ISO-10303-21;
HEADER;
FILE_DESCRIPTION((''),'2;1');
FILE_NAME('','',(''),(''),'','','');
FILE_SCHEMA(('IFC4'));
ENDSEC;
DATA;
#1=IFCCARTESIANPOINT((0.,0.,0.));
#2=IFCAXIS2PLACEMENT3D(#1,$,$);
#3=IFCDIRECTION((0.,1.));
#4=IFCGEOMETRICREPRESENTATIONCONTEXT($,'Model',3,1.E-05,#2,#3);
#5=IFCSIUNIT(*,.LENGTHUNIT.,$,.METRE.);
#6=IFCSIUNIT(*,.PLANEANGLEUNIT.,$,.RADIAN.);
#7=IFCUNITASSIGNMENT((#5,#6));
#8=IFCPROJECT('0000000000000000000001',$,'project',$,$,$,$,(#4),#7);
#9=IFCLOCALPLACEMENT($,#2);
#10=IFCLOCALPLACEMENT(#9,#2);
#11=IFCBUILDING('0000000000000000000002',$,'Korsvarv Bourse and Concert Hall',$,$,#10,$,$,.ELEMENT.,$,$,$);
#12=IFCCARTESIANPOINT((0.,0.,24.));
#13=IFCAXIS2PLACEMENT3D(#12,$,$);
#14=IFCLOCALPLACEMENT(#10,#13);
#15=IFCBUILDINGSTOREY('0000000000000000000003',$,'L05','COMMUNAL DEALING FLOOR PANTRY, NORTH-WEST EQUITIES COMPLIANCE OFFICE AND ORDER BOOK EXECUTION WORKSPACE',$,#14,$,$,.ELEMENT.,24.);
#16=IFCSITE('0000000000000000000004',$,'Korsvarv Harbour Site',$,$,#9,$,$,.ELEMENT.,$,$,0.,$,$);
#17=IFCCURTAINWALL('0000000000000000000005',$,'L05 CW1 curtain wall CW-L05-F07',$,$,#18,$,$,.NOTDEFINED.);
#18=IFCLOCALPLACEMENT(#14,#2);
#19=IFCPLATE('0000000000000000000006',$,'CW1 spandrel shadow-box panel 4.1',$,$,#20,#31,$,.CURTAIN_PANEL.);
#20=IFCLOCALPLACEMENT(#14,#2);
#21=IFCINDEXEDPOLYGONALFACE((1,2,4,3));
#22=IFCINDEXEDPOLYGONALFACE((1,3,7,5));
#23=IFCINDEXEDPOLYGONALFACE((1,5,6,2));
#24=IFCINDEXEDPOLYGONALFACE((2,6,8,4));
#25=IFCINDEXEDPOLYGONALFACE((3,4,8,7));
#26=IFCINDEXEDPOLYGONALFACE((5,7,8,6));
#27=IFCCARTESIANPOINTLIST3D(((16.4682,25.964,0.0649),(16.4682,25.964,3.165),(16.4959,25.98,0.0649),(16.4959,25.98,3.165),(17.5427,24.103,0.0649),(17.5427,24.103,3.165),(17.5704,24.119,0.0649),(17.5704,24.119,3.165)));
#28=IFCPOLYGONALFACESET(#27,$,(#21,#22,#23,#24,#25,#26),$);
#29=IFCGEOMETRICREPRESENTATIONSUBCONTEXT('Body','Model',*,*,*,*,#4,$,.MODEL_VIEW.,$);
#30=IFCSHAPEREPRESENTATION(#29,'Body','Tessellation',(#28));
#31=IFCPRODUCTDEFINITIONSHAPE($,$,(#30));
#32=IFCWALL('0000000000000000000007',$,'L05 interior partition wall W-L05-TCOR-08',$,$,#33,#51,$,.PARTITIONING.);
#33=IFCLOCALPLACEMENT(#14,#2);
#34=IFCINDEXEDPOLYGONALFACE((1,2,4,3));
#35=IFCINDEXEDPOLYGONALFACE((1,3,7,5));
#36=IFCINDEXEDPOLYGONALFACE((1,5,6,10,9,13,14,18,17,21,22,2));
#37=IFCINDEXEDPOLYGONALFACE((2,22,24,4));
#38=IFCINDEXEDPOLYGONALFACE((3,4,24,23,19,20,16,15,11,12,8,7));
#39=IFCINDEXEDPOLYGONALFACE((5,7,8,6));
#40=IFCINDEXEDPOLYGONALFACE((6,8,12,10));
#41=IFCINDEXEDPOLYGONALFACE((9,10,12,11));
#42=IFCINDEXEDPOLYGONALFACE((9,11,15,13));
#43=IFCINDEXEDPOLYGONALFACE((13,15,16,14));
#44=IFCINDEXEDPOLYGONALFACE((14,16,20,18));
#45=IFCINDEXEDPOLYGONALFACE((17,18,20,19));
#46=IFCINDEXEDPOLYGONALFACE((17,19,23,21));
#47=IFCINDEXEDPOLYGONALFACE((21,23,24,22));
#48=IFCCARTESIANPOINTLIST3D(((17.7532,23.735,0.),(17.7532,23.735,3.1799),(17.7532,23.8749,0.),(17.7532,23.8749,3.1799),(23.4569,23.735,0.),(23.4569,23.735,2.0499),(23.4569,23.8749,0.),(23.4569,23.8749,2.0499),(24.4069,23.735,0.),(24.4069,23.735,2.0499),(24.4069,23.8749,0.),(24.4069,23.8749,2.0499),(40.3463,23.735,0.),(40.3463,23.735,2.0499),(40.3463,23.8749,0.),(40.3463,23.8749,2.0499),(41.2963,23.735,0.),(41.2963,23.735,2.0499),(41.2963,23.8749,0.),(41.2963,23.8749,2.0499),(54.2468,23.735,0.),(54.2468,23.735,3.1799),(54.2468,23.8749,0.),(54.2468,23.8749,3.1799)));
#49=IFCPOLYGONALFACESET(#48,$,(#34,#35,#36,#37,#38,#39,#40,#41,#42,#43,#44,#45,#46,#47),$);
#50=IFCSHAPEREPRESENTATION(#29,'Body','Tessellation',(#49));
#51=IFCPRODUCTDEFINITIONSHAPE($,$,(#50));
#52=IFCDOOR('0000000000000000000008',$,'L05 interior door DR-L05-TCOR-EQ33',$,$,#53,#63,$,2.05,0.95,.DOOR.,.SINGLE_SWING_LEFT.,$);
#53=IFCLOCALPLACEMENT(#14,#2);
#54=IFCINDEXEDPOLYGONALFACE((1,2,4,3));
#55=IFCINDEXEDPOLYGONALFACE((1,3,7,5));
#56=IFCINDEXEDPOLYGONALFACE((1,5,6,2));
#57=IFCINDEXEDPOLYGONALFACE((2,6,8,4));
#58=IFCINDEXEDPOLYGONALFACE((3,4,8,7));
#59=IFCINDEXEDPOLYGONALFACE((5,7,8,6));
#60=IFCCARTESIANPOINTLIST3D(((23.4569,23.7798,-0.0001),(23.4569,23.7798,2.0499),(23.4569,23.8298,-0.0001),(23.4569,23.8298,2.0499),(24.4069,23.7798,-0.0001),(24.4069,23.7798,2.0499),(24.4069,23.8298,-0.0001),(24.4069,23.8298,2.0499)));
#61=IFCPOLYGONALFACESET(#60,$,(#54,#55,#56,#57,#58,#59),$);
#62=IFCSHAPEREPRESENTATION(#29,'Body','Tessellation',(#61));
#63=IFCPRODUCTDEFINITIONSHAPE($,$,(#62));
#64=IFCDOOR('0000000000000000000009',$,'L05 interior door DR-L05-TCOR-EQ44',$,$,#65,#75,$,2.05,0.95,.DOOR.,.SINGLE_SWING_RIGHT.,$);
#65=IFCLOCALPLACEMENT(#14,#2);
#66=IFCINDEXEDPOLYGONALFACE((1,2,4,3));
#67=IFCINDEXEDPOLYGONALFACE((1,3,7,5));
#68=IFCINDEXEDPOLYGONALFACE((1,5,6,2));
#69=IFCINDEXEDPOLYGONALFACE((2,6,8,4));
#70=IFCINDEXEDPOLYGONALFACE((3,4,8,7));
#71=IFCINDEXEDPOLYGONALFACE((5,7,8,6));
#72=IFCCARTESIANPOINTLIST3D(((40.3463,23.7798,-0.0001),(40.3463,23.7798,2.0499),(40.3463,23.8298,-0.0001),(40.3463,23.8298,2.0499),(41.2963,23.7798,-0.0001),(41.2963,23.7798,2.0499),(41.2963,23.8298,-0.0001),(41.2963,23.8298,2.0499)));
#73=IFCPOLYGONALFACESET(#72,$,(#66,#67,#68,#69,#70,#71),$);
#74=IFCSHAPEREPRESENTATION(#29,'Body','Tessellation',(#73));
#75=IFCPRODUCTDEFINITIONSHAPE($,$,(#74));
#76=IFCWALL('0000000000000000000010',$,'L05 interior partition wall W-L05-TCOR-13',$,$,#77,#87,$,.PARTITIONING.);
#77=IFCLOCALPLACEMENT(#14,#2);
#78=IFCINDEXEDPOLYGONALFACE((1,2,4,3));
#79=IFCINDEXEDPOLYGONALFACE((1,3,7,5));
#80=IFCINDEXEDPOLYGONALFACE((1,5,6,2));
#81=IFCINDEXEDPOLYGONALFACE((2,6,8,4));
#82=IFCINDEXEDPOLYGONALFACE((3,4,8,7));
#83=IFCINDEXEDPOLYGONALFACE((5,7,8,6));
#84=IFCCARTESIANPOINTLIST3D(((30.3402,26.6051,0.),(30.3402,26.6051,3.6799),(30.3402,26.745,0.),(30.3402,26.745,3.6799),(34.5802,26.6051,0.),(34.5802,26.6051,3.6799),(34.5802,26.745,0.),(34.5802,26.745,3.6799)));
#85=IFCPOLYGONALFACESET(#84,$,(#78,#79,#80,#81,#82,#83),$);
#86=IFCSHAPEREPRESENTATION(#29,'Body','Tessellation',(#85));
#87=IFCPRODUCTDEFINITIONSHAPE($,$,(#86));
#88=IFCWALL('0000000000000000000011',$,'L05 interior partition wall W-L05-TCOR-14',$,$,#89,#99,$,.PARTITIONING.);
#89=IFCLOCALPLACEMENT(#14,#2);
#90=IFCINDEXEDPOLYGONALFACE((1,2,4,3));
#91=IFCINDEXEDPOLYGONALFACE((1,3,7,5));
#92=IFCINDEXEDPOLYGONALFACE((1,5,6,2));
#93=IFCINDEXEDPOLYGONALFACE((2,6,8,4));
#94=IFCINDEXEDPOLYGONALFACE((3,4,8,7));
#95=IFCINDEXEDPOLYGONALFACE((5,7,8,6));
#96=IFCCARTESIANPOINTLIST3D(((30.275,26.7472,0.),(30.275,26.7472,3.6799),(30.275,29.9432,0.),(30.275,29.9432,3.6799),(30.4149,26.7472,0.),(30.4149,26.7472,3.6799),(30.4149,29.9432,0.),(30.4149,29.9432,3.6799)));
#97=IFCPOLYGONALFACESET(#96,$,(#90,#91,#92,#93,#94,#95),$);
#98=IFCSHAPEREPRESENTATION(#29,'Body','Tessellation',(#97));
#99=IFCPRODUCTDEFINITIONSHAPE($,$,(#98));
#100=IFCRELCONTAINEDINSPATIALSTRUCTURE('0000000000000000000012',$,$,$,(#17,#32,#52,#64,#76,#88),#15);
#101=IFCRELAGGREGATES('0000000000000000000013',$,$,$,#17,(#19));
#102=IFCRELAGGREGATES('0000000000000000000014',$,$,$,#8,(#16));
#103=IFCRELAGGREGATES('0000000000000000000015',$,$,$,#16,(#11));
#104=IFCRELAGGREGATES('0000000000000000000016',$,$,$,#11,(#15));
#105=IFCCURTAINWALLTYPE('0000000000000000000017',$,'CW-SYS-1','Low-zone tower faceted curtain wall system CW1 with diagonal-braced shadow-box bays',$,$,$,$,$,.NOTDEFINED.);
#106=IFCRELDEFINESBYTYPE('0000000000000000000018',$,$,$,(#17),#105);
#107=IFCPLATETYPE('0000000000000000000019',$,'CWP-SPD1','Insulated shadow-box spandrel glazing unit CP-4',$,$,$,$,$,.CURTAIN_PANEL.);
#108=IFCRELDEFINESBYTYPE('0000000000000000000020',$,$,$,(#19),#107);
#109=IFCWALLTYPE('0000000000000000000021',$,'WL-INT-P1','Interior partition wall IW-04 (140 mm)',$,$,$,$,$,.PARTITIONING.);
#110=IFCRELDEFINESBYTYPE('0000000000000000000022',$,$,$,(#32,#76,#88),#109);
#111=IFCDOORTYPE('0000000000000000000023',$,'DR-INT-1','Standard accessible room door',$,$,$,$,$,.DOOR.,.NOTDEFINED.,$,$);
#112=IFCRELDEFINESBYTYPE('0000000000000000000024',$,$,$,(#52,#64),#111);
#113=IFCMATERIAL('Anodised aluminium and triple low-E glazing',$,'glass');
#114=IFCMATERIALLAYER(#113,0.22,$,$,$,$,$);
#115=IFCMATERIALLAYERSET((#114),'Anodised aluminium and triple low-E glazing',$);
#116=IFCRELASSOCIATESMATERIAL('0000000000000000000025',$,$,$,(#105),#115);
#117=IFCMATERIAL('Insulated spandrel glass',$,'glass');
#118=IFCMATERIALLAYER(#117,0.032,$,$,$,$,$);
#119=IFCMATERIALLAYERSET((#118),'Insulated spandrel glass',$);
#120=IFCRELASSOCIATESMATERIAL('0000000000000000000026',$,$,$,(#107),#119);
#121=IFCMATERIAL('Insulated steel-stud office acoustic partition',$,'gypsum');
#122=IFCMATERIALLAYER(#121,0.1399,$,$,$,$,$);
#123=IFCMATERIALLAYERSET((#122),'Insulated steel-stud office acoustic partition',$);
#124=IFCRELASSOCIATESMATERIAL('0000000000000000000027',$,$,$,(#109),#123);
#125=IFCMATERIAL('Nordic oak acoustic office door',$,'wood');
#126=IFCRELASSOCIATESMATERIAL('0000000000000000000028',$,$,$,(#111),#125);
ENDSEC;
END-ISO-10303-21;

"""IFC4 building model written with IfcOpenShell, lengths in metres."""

from ifc_helpers import new_model, si_unit, direction, frame, frame_2d, origin, origin_2d, place, context, subcontext, project, spatial, rectangle, extrude, source, transform, mapped, material, layer, layer_set, type_object, element, fill, aggregate, save


model = new_model("IFC4")

# Units and contexts
model_context = context("Model", 3, precision=1e-05, world=origin(), true_north=direction((0.0, 1.0)))
body_context = subcontext(model_context, "Body", "Model", "MODEL_VIEW")
ifc_project = project(units=[si_unit("LENGTHUNIT", "METRE"), si_unit("PLANEANGLEUNIT", "RADIAN")], contexts=[model_context])

# Site, building, storey
site_placement = place(None, origin())
site = spatial("IfcSite", under=ifc_project, at=site_placement, Name="Korsvarv Harbour Site", CompositionType="ELEMENT", RefElevation=0.0)
building_placement = place(site_placement, origin())
building = spatial("IfcBuilding", under=site, at=building_placement, Name="Korsvarv Bourse and Concert Hall", CompositionType="ELEMENT")
storey_placement = place(building_placement, frame((0.0, 0.0, 24.0)))
storey = spatial("IfcBuildingStorey", under=building, at=storey_placement, Name="L05", Description="COMMUNAL DEALING FLOOR PANTRY, NORTH-WEST EQUITIES COMPLIANCE OFFICE AND ORDER BOOK EXECUTION WORKSPACE", CompositionType="ELEMENT", Elevation=24.0)

# Curtain wall, plate
ifc_material_1 = material(Name="Anodised aluminium and triple low-E glazing", Category="glass")
ifc_layer_1 = layer(ifc_material_1, 0.22)
ifc_layer_set_1 = layer_set([ifc_layer_1], Name="Anodised aluminium and triple low-E glazing")
curtain_wall_type = type_object("IfcCurtainWallType", Name="CW-SYS-1", Description="Low-zone tower faceted curtain wall system CW1 with diagonal-braced shadow-box bays", PredefinedType="NOTDEFINED", material=ifc_layer_set_1)
curtain_wall_placement = place(storey_placement, origin())
curtain_wall = element("IfcCurtainWall", 1, at=curtain_wall_placement, inside=storey, type_object=curtain_wall_type, Name="L05 CW1 curtain wall CW-L05-F07", PredefinedType="NOTDEFINED")
ifc_material_2 = material(Name="Insulated spandrel glass", Category="glass")
ifc_layer_2 = layer(ifc_material_2, 0.032)
ifc_layer_set_2 = layer_set([ifc_layer_2], Name="Insulated spandrel glass")
plate_type_1 = type_object("IfcPlateType", Name="CWP-SPD1", Description="Insulated shadow-box spandrel glazing unit CP-4", PredefinedType="CURTAIN_PANEL", material=ifc_layer_set_2)
shared_shape_1 = source(origin(), body_context, "Body", "SweptSolid", [
    extrude(rectangle(XDim=2.1489, YDim=0.032, at=origin_2d()), origin(), (0.0, 0.0, 1.0), 3.1001),
])
plate_1_placement = place(storey_placement, frame((17.0193, 25.0415, 0.0649), z_axis=(0.0, 0.0, 1.0), x_axis=(0.499995, -0.866029, 0.0)))
plate_1 = element("IfcPlate", 2, at=plate_1_placement, type_object=plate_type_1, Name="CW1 spandrel shadow-box panel 4.1", PredefinedType="CURTAIN_PANEL", context=body_context, shape_type="MappedRepresentation", body=[
    mapped(shared_shape_1, transform((0.0, 0.0, 0.0), scale=1.0)),
])
aggregate(curtain_wall, [plate_1])

# Wall, openings, doors
ifc_material_3 = material(Name="Insulated steel-stud office acoustic partition", Category="gypsum")
ifc_layer_3 = layer(ifc_material_3, 0.1399)
ifc_layer_set_3 = layer_set([ifc_layer_3], Name="Insulated steel-stud office acoustic partition")
wall_type = type_object("IfcWallType", Name="WL-INT-P1", Description="Interior partition wall IW-04 (140 mm)", PredefinedType="PARTITIONING", material=ifc_layer_set_3)
wall_1_placement = place(storey_placement, frame((17.7532, 23.8049, 0.0), z_axis=(0.0, 0.0, 1.0), x_axis=(1.0, 0.0, 0.0)))
wall_1 = element("IfcWall", 3, at=wall_1_placement, inside=storey, type_object=wall_type, Name="L05 interior partition wall W-L05-TCOR-08", PredefinedType="PARTITIONING", context=body_context, shape_type="SweptSolid", body=[
    extrude(rectangle(XDim=36.4937, YDim=0.1399, at=frame_2d((18.2468, 0.0))), origin(), (0.0, 0.0, 1.0), 3.1799),
])
opening_1_placement = place(wall_1_placement, frame((5.7036, 0.0, 0.0)))
opening_1 = element("IfcOpeningElement", 4, at=opening_1_placement, cuts=wall_1, PredefinedType="OPENING", context=body_context, shape_type="SweptSolid", body=[
    extrude(rectangle(XDim=0.95, YDim=2.05, at=frame_2d((0.4751, 1.0249))), frame((0.0, 0.0801, 0.0), z_axis=(0.0, -1.0, 0.0), x_axis=(1.0, 0.0, 0.0)), (0.0, 0.0, 1.0), 0.1599),
])
opening_2_placement = place(wall_1_placement, frame((22.593, 0.0, 0.0)))
opening_2 = element("IfcOpeningElement", 5, at=opening_2_placement, cuts=wall_1, PredefinedType="OPENING", context=body_context, shape_type="SweptSolid", body=[
    extrude(rectangle(XDim=0.95, YDim=2.05, at=frame_2d((0.4751, 1.0249))), frame((0.0, 0.0801, 0.0), z_axis=(0.0, -1.0, 0.0), x_axis=(1.0, 0.0, 0.0)), (0.0, 0.0, 1.0), 0.1599),
])
ifc_material_4 = material(Name="Nordic oak acoustic office door", Category="wood")
door_type = type_object("IfcDoorType", Name="DR-INT-1", Description="Standard accessible room door", OperationType="NOTDEFINED", PredefinedType="DOOR", material=ifc_material_4)
door_1_placement = place(opening_1_placement, origin())
door_1 = element("IfcDoor", 6, at=door_1_placement, inside=storey, type_object=door_type, Name="L05 interior door DR-L05-TCOR-EQ33", OperationType="SINGLE_SWING_LEFT", OverallHeight=2.05, OverallWidth=0.95, PredefinedType="DOOR", context=body_context, shape_type="SweptSolid", body=[
    extrude(rectangle(XDim=0.95, YDim=2.05, at=frame_2d((0.4751, 1.0249))), frame((0.0, 0.0249, 0.0), z_axis=(0.0, -1.0, 0.0), x_axis=(1.0, 0.0, 0.0)), (0.0, 0.0, 1.0), 0.05),
])
fill(opening_1, door_1)
door_2_placement = place(opening_2_placement, origin())
door_2 = element("IfcDoor", 7, at=door_2_placement, inside=storey, type_object=door_type, Name="L05 interior door DR-L05-TCOR-EQ44", OperationType="SINGLE_SWING_RIGHT", OverallHeight=2.05, OverallWidth=0.95, PredefinedType="DOOR", context=body_context, shape_type="SweptSolid", body=[
    extrude(rectangle(XDim=0.95, YDim=2.05, at=frame_2d((0.4751, 1.0249))), frame((0.0, 0.0249, 0.0), z_axis=(0.0, -1.0, 0.0), x_axis=(1.0, 0.0, 0.0)), (0.0, 0.0, 1.0), 0.05),
])
fill(opening_2, door_2)

# Walls
wall_2_placement = place(storey_placement, frame((30.3401, 26.675, 0.0), z_axis=(0.0, 0.0, 1.0), x_axis=(1.0, 0.0, 0.0)))
element("IfcWall", 8, at=wall_2_placement, inside=storey, type_object=wall_type, Name="L05 interior partition wall W-L05-TCOR-13", PredefinedType="PARTITIONING", context=body_context, shape_type="SweptSolid", body=[
    extrude(rectangle(XDim=4.24, YDim=0.1399, at=frame_2d((2.1201, 0.0))), origin(), (0.0, 0.0, 1.0), 3.6799),
])
wall_3_placement = place(storey_placement, frame((30.345, 26.7471, 0.0), z_axis=(0.0, 0.0, 1.0), x_axis=(0.0, 1.0, 0.0)))
element("IfcWall", 9, at=wall_3_placement, inside=storey, type_object=wall_type, Name="L05 interior partition wall W-L05-TCOR-14", PredefinedType="PARTITIONING", context=body_context, shape_type="SweptSolid", body=[
    extrude(rectangle(XDim=3.196, YDim=0.1399, at=frame_2d((1.5981, 0.0))), origin(), (0.0, 0.0, 1.0), 3.6799),
])

save(model, "model.ifc")
